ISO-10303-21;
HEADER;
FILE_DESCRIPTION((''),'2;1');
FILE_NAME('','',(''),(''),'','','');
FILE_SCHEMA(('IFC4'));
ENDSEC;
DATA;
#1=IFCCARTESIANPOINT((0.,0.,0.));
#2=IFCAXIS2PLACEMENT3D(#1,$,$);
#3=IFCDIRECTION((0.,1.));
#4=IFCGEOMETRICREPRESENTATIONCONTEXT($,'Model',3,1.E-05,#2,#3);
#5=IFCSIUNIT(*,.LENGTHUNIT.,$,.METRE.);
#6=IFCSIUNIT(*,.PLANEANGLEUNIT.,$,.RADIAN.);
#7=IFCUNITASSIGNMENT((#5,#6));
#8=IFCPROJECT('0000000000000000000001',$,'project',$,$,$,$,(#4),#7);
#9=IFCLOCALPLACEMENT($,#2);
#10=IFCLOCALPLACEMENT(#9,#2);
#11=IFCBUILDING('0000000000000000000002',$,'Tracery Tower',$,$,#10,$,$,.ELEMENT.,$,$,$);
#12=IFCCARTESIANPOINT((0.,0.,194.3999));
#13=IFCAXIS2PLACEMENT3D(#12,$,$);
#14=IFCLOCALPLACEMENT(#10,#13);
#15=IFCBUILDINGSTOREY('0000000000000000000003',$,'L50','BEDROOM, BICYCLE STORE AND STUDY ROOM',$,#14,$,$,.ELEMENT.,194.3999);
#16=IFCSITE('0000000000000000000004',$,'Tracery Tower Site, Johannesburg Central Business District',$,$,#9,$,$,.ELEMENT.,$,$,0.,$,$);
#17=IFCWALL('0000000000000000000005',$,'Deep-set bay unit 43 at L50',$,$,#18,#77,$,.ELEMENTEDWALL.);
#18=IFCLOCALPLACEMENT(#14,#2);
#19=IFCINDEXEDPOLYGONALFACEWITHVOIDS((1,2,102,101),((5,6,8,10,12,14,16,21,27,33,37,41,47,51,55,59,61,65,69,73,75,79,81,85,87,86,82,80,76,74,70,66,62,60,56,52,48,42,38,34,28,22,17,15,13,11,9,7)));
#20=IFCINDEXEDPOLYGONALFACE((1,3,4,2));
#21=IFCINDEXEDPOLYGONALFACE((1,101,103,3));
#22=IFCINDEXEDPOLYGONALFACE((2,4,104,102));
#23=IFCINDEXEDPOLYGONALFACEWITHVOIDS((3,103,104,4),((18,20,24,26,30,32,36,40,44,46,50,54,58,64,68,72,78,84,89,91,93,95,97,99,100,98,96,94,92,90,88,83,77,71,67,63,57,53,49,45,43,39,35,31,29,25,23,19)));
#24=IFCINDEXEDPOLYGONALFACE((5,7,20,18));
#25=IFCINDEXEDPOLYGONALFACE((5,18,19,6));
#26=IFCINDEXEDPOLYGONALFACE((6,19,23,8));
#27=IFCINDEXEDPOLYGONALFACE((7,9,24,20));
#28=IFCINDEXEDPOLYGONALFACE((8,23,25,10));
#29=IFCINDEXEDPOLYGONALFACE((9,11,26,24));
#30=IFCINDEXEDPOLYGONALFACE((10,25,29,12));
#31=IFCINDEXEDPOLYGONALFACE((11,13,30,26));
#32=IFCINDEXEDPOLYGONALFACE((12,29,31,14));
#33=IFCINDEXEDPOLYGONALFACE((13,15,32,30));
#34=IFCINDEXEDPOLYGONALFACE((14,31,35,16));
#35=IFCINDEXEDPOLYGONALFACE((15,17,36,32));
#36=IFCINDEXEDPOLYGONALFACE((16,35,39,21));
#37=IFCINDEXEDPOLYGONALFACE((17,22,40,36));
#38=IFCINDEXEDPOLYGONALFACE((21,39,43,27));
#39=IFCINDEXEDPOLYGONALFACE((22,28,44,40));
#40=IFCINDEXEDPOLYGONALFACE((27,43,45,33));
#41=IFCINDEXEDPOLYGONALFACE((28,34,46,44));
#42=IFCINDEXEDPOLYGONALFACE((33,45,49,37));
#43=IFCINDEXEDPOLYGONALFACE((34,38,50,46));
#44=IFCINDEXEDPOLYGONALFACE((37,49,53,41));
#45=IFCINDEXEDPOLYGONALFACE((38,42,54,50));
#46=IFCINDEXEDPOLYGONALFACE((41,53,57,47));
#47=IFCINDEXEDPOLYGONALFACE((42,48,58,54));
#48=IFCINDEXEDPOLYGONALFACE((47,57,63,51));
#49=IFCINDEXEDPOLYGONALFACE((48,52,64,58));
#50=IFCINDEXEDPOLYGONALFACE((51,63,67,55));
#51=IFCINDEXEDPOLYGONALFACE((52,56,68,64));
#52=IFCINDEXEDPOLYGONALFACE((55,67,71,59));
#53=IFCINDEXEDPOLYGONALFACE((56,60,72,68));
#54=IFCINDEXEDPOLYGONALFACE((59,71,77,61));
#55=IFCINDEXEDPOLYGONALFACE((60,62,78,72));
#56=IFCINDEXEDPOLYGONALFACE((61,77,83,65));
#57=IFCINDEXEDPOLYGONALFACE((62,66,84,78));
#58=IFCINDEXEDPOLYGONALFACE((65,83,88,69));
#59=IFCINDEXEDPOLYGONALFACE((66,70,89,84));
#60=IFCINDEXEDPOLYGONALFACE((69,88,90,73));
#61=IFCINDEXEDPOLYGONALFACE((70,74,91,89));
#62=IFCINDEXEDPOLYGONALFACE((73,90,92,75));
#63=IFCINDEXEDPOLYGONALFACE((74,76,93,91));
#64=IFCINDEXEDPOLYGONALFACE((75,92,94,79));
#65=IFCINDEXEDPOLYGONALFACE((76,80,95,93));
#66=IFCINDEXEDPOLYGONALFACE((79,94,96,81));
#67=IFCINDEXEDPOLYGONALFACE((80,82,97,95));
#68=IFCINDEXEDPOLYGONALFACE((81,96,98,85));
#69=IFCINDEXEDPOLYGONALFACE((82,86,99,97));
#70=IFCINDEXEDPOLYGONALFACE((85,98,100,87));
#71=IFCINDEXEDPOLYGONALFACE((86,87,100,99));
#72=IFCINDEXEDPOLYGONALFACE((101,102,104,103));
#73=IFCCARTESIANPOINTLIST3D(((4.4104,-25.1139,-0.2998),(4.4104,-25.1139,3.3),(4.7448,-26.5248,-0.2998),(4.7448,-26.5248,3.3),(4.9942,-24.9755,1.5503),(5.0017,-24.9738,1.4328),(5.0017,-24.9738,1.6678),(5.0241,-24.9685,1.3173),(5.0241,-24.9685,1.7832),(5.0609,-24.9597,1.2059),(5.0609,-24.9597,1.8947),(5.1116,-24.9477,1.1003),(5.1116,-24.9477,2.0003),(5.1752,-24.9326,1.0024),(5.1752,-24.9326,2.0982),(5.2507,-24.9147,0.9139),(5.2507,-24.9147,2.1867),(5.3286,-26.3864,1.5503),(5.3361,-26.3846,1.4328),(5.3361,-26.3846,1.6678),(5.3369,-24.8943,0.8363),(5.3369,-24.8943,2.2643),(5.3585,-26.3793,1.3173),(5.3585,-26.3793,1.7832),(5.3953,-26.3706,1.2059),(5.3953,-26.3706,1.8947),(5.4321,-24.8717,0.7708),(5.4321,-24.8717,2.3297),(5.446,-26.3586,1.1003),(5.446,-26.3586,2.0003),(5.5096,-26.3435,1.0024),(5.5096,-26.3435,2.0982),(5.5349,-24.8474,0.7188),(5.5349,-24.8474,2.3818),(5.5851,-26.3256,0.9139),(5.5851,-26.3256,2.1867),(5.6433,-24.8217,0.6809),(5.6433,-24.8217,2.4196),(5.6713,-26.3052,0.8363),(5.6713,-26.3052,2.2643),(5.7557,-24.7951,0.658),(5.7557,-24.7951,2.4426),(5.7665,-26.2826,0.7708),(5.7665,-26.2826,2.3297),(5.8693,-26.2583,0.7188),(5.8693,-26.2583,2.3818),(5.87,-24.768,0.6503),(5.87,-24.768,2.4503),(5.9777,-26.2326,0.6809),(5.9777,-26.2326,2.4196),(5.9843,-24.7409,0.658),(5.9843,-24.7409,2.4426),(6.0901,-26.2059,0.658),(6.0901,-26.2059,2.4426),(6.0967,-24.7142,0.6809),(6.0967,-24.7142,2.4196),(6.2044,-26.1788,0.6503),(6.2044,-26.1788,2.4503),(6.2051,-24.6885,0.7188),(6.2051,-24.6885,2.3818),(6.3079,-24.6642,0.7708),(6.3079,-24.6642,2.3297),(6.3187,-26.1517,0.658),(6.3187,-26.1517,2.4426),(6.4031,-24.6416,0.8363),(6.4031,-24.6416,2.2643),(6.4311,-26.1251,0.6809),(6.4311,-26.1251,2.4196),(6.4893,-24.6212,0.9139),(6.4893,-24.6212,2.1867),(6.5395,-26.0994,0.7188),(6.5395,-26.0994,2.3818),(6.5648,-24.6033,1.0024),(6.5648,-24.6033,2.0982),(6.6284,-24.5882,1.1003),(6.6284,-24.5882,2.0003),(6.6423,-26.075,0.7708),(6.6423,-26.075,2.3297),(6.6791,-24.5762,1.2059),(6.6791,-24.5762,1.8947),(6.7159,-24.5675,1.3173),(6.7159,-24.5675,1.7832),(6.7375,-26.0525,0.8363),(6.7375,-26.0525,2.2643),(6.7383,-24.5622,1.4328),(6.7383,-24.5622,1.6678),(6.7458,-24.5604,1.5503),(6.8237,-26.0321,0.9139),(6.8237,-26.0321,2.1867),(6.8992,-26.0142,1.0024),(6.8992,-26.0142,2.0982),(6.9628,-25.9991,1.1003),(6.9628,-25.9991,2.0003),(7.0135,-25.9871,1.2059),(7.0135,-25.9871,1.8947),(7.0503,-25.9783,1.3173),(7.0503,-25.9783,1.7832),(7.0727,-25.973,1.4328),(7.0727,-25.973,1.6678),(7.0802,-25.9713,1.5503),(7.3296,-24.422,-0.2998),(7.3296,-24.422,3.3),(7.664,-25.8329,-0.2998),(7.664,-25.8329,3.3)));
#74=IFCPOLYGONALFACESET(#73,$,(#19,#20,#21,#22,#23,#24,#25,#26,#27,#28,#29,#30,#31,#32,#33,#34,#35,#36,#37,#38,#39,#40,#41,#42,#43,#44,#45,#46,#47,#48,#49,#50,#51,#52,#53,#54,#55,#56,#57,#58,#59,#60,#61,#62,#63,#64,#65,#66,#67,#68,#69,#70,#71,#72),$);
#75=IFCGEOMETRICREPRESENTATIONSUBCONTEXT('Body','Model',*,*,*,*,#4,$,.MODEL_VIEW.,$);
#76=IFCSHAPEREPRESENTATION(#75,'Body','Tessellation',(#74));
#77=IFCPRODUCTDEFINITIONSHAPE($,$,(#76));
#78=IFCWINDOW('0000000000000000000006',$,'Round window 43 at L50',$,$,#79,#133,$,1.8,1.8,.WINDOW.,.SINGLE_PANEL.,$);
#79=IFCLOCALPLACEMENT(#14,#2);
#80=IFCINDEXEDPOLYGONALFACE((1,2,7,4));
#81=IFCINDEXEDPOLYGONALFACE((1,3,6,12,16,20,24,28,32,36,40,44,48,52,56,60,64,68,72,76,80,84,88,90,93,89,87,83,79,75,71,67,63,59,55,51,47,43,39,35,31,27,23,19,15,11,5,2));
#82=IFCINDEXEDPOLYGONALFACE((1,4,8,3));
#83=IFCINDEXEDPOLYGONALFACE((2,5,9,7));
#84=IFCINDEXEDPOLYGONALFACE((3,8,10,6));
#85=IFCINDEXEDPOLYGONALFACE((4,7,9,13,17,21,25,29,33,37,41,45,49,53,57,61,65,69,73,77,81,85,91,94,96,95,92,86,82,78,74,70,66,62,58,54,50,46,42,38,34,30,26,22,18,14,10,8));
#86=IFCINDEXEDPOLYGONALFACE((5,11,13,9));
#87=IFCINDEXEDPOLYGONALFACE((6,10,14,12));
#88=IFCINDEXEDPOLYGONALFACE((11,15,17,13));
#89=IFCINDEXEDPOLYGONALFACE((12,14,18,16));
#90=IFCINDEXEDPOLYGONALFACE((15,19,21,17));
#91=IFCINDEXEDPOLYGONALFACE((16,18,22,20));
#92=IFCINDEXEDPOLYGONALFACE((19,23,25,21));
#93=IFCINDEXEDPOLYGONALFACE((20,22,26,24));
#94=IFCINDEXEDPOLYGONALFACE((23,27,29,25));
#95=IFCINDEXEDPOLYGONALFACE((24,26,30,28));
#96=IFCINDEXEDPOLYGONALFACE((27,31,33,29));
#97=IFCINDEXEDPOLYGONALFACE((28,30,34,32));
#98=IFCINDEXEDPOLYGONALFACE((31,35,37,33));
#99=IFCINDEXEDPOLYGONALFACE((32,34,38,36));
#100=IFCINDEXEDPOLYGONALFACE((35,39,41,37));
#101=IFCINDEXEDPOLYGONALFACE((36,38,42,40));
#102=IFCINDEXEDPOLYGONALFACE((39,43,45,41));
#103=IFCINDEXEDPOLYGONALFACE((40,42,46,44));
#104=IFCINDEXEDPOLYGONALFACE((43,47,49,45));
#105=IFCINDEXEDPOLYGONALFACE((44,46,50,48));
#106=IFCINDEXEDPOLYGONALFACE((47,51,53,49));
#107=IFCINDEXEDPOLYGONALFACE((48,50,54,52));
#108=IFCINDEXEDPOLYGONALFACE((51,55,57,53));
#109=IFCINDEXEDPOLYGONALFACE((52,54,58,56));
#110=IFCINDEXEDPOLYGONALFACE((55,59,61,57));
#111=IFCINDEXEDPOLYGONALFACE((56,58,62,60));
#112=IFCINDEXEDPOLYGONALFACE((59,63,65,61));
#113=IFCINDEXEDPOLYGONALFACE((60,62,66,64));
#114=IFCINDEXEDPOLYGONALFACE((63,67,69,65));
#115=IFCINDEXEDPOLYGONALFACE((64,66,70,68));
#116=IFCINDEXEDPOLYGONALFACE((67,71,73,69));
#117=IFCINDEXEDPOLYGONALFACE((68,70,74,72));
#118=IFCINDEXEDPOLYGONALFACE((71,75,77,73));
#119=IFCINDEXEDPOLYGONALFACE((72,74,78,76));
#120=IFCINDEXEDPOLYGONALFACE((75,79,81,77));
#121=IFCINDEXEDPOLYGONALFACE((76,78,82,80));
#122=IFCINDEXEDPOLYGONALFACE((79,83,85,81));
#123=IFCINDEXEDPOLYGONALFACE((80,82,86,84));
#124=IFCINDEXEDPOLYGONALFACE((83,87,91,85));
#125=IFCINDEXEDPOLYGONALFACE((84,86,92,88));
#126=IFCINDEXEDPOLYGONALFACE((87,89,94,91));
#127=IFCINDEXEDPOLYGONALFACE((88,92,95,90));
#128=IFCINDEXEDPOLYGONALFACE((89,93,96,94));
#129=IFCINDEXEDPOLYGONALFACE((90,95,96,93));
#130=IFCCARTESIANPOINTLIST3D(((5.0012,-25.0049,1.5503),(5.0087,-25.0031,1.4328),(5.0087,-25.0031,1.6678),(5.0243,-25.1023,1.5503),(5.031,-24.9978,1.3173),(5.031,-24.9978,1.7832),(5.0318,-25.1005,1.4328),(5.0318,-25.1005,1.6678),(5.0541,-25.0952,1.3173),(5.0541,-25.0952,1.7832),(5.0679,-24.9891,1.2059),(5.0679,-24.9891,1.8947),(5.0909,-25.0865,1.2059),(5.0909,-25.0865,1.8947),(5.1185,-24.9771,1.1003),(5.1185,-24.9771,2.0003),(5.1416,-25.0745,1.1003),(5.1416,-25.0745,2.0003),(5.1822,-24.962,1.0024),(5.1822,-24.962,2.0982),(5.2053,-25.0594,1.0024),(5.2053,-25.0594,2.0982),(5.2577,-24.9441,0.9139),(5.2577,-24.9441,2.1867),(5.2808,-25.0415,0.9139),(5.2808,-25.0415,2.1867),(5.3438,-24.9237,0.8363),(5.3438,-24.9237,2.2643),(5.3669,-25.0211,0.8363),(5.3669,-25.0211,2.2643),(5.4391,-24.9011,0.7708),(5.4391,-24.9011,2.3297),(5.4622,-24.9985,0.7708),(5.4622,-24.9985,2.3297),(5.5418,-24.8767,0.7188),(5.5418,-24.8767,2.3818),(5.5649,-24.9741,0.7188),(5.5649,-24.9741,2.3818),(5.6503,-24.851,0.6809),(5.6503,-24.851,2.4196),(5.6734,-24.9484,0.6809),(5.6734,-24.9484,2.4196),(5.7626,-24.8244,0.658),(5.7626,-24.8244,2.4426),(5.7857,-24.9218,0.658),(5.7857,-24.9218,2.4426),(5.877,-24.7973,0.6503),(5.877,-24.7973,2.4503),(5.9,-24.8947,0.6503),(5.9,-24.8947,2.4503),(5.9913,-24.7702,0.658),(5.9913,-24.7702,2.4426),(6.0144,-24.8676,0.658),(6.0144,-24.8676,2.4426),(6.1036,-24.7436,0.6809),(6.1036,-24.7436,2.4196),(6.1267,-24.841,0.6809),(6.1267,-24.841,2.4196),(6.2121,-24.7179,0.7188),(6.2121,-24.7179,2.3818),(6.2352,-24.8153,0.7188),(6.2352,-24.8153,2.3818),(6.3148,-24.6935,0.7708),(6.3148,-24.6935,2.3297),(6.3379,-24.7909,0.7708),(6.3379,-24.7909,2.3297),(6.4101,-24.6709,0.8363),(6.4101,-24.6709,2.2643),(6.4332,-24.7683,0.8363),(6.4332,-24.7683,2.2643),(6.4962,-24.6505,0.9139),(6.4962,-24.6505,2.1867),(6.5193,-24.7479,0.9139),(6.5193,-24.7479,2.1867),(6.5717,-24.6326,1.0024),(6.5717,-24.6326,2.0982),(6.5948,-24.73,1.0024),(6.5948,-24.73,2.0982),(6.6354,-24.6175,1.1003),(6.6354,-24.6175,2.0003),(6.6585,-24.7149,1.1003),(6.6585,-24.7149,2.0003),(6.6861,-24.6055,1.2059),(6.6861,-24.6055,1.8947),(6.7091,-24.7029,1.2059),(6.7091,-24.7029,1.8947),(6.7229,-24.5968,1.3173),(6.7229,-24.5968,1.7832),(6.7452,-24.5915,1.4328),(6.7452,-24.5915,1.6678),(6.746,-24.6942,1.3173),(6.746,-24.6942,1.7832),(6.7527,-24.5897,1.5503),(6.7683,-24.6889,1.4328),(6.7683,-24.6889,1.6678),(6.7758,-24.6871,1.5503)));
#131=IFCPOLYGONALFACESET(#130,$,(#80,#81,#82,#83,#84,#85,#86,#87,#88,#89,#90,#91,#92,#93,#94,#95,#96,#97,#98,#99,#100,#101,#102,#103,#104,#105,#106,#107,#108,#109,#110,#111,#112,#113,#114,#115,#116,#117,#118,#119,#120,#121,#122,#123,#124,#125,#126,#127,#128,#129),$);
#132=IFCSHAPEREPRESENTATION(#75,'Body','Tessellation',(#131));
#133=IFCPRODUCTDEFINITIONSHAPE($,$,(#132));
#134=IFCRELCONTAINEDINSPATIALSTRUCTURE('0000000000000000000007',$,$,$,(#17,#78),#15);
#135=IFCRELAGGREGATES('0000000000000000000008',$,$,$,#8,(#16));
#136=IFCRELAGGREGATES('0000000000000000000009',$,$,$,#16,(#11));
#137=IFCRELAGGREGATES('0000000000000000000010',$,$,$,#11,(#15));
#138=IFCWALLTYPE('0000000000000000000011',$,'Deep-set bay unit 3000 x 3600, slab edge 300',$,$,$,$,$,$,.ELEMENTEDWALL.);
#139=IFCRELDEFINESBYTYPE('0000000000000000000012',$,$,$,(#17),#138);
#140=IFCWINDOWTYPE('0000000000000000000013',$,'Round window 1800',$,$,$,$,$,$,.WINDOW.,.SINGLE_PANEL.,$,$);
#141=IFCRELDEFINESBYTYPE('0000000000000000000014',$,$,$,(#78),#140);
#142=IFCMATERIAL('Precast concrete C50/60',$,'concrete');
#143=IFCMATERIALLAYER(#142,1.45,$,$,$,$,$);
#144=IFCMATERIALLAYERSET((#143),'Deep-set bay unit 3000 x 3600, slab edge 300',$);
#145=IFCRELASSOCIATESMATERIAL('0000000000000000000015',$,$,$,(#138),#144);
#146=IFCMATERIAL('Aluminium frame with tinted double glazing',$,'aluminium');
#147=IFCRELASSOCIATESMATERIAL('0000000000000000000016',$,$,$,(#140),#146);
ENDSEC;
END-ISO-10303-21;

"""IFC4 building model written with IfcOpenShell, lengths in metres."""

from ifc_helpers import new_model, si_unit, direction, frame, frame_2d, origin, origin_2d, place, context, subcontext, project, spatial, rectangle, circle, extrude, material, layer, layer_set, type_object, element, fill, save


model = new_model("IFC4")

# Units and contexts
model_context = context("Model", 3, precision=1e-05, world=origin(), true_north=direction((0.0, 1.0)))
body_context = subcontext(model_context, "Body", "Model", "MODEL_VIEW")
ifc_project = project(units=[si_unit("LENGTHUNIT", "METRE"), si_unit("PLANEANGLEUNIT", "RADIAN")], contexts=[model_context])

# Site, building, storey
site_placement = place(None, origin())
site = spatial("IfcSite", under=ifc_project, at=site_placement, Name="Tracery Tower Site, Johannesburg Central Business District", CompositionType="ELEMENT", RefElevation=0.0)
building_placement = place(site_placement, origin())
building = spatial("IfcBuilding", under=site, at=building_placement, Name="Tracery Tower", CompositionType="ELEMENT")
storey_placement = place(building_placement, frame((0.0, 0.0, 194.3999)))
storey = spatial("IfcBuildingStorey", under=building, at=storey_placement, Name="L50", Description="BEDROOM, BICYCLE STORE AND STUDY ROOM", CompositionType="ELEMENT", Elevation=194.3999)

# Wall, opening, window
ifc_material_1 = material(Name="Precast concrete C50/60", Category="concrete")
ifc_layer_1 = layer(ifc_material_1, 1.45)
ifc_layer_set_1 = layer_set([ifc_layer_1], Name="Deep-set bay unit 3000 x 3600, slab edge 300")
wall_type_1 = type_object("IfcWallType", Name="Deep-set bay unit 3000 x 3600, slab edge 300", PredefinedType="ELEMENTEDWALL", material=ifc_layer_set_1)
wall_1_placement = place(storey_placement, frame((4.5776, -25.8193, -0.2998), z_axis=(0.0, 0.0, 1.0), x_axis=(0.973042, 0.230627, 0.0)))
wall_1 = element("IfcWall", 1, at=wall_1_placement, inside=storey, type_object=wall_type_1, Name="Deep-set bay unit 43 at L50", PredefinedType="ELEMENTEDWALL", context=body_context, shape_type="SweptSolid", body=[
    extrude(rectangle(XDim=3.0, YDim=1.45, at=frame_2d((1.5, 0.0))), origin(), (0.0, 0.0, 1.0), 3.5999),
])
opening_1_placement = place(wall_1_placement, frame((1.5, 0.0, 1.8501)))
opening_1 = element("IfcOpeningElement", 2, at=opening_1_placement, cuts=wall_1, PredefinedType="OPENING", context=body_context, shape_type="SweptSolid", body=[
    extrude(circle(Radius=0.9, at=origin_2d()), frame((0.0, 0.7349, 0.0), z_axis=(0.0, -1.0, 0.0), x_axis=(1.0, 0.0, 0.0)), (0.0, 0.0, 1.0), 1.47),
])
ifc_material_2 = material(Name="Aluminium frame with tinted double glazing", Category="aluminium")
window_type = type_object("IfcWindowType", Name="Round window 1800", PartitioningType="SINGLE_PANEL", PredefinedType="WINDOW", material=ifc_material_2)
window_1_placement = place(opening_1_placement, origin())
window_1 = element("IfcWindow", 3, at=window_1_placement, inside=storey, type_object=window_type, Name="Round window 43 at L50", OverallHeight=1.8, OverallWidth=1.8, PartitioningType="SINGLE_PANEL", PredefinedType="WINDOW", context=body_context, shape_type="SweptSolid", body=[
    extrude(circle(Radius=0.9, at=origin_2d()), frame((0.0, 0.6948, 0.0), z_axis=(0.0, -1.0, 0.0), x_axis=(1.0, 0.0, 0.0)), (0.0, 0.0, 1.0), 0.1001),
])
fill(opening_1, window_1)

save(model, "model.ifc")
